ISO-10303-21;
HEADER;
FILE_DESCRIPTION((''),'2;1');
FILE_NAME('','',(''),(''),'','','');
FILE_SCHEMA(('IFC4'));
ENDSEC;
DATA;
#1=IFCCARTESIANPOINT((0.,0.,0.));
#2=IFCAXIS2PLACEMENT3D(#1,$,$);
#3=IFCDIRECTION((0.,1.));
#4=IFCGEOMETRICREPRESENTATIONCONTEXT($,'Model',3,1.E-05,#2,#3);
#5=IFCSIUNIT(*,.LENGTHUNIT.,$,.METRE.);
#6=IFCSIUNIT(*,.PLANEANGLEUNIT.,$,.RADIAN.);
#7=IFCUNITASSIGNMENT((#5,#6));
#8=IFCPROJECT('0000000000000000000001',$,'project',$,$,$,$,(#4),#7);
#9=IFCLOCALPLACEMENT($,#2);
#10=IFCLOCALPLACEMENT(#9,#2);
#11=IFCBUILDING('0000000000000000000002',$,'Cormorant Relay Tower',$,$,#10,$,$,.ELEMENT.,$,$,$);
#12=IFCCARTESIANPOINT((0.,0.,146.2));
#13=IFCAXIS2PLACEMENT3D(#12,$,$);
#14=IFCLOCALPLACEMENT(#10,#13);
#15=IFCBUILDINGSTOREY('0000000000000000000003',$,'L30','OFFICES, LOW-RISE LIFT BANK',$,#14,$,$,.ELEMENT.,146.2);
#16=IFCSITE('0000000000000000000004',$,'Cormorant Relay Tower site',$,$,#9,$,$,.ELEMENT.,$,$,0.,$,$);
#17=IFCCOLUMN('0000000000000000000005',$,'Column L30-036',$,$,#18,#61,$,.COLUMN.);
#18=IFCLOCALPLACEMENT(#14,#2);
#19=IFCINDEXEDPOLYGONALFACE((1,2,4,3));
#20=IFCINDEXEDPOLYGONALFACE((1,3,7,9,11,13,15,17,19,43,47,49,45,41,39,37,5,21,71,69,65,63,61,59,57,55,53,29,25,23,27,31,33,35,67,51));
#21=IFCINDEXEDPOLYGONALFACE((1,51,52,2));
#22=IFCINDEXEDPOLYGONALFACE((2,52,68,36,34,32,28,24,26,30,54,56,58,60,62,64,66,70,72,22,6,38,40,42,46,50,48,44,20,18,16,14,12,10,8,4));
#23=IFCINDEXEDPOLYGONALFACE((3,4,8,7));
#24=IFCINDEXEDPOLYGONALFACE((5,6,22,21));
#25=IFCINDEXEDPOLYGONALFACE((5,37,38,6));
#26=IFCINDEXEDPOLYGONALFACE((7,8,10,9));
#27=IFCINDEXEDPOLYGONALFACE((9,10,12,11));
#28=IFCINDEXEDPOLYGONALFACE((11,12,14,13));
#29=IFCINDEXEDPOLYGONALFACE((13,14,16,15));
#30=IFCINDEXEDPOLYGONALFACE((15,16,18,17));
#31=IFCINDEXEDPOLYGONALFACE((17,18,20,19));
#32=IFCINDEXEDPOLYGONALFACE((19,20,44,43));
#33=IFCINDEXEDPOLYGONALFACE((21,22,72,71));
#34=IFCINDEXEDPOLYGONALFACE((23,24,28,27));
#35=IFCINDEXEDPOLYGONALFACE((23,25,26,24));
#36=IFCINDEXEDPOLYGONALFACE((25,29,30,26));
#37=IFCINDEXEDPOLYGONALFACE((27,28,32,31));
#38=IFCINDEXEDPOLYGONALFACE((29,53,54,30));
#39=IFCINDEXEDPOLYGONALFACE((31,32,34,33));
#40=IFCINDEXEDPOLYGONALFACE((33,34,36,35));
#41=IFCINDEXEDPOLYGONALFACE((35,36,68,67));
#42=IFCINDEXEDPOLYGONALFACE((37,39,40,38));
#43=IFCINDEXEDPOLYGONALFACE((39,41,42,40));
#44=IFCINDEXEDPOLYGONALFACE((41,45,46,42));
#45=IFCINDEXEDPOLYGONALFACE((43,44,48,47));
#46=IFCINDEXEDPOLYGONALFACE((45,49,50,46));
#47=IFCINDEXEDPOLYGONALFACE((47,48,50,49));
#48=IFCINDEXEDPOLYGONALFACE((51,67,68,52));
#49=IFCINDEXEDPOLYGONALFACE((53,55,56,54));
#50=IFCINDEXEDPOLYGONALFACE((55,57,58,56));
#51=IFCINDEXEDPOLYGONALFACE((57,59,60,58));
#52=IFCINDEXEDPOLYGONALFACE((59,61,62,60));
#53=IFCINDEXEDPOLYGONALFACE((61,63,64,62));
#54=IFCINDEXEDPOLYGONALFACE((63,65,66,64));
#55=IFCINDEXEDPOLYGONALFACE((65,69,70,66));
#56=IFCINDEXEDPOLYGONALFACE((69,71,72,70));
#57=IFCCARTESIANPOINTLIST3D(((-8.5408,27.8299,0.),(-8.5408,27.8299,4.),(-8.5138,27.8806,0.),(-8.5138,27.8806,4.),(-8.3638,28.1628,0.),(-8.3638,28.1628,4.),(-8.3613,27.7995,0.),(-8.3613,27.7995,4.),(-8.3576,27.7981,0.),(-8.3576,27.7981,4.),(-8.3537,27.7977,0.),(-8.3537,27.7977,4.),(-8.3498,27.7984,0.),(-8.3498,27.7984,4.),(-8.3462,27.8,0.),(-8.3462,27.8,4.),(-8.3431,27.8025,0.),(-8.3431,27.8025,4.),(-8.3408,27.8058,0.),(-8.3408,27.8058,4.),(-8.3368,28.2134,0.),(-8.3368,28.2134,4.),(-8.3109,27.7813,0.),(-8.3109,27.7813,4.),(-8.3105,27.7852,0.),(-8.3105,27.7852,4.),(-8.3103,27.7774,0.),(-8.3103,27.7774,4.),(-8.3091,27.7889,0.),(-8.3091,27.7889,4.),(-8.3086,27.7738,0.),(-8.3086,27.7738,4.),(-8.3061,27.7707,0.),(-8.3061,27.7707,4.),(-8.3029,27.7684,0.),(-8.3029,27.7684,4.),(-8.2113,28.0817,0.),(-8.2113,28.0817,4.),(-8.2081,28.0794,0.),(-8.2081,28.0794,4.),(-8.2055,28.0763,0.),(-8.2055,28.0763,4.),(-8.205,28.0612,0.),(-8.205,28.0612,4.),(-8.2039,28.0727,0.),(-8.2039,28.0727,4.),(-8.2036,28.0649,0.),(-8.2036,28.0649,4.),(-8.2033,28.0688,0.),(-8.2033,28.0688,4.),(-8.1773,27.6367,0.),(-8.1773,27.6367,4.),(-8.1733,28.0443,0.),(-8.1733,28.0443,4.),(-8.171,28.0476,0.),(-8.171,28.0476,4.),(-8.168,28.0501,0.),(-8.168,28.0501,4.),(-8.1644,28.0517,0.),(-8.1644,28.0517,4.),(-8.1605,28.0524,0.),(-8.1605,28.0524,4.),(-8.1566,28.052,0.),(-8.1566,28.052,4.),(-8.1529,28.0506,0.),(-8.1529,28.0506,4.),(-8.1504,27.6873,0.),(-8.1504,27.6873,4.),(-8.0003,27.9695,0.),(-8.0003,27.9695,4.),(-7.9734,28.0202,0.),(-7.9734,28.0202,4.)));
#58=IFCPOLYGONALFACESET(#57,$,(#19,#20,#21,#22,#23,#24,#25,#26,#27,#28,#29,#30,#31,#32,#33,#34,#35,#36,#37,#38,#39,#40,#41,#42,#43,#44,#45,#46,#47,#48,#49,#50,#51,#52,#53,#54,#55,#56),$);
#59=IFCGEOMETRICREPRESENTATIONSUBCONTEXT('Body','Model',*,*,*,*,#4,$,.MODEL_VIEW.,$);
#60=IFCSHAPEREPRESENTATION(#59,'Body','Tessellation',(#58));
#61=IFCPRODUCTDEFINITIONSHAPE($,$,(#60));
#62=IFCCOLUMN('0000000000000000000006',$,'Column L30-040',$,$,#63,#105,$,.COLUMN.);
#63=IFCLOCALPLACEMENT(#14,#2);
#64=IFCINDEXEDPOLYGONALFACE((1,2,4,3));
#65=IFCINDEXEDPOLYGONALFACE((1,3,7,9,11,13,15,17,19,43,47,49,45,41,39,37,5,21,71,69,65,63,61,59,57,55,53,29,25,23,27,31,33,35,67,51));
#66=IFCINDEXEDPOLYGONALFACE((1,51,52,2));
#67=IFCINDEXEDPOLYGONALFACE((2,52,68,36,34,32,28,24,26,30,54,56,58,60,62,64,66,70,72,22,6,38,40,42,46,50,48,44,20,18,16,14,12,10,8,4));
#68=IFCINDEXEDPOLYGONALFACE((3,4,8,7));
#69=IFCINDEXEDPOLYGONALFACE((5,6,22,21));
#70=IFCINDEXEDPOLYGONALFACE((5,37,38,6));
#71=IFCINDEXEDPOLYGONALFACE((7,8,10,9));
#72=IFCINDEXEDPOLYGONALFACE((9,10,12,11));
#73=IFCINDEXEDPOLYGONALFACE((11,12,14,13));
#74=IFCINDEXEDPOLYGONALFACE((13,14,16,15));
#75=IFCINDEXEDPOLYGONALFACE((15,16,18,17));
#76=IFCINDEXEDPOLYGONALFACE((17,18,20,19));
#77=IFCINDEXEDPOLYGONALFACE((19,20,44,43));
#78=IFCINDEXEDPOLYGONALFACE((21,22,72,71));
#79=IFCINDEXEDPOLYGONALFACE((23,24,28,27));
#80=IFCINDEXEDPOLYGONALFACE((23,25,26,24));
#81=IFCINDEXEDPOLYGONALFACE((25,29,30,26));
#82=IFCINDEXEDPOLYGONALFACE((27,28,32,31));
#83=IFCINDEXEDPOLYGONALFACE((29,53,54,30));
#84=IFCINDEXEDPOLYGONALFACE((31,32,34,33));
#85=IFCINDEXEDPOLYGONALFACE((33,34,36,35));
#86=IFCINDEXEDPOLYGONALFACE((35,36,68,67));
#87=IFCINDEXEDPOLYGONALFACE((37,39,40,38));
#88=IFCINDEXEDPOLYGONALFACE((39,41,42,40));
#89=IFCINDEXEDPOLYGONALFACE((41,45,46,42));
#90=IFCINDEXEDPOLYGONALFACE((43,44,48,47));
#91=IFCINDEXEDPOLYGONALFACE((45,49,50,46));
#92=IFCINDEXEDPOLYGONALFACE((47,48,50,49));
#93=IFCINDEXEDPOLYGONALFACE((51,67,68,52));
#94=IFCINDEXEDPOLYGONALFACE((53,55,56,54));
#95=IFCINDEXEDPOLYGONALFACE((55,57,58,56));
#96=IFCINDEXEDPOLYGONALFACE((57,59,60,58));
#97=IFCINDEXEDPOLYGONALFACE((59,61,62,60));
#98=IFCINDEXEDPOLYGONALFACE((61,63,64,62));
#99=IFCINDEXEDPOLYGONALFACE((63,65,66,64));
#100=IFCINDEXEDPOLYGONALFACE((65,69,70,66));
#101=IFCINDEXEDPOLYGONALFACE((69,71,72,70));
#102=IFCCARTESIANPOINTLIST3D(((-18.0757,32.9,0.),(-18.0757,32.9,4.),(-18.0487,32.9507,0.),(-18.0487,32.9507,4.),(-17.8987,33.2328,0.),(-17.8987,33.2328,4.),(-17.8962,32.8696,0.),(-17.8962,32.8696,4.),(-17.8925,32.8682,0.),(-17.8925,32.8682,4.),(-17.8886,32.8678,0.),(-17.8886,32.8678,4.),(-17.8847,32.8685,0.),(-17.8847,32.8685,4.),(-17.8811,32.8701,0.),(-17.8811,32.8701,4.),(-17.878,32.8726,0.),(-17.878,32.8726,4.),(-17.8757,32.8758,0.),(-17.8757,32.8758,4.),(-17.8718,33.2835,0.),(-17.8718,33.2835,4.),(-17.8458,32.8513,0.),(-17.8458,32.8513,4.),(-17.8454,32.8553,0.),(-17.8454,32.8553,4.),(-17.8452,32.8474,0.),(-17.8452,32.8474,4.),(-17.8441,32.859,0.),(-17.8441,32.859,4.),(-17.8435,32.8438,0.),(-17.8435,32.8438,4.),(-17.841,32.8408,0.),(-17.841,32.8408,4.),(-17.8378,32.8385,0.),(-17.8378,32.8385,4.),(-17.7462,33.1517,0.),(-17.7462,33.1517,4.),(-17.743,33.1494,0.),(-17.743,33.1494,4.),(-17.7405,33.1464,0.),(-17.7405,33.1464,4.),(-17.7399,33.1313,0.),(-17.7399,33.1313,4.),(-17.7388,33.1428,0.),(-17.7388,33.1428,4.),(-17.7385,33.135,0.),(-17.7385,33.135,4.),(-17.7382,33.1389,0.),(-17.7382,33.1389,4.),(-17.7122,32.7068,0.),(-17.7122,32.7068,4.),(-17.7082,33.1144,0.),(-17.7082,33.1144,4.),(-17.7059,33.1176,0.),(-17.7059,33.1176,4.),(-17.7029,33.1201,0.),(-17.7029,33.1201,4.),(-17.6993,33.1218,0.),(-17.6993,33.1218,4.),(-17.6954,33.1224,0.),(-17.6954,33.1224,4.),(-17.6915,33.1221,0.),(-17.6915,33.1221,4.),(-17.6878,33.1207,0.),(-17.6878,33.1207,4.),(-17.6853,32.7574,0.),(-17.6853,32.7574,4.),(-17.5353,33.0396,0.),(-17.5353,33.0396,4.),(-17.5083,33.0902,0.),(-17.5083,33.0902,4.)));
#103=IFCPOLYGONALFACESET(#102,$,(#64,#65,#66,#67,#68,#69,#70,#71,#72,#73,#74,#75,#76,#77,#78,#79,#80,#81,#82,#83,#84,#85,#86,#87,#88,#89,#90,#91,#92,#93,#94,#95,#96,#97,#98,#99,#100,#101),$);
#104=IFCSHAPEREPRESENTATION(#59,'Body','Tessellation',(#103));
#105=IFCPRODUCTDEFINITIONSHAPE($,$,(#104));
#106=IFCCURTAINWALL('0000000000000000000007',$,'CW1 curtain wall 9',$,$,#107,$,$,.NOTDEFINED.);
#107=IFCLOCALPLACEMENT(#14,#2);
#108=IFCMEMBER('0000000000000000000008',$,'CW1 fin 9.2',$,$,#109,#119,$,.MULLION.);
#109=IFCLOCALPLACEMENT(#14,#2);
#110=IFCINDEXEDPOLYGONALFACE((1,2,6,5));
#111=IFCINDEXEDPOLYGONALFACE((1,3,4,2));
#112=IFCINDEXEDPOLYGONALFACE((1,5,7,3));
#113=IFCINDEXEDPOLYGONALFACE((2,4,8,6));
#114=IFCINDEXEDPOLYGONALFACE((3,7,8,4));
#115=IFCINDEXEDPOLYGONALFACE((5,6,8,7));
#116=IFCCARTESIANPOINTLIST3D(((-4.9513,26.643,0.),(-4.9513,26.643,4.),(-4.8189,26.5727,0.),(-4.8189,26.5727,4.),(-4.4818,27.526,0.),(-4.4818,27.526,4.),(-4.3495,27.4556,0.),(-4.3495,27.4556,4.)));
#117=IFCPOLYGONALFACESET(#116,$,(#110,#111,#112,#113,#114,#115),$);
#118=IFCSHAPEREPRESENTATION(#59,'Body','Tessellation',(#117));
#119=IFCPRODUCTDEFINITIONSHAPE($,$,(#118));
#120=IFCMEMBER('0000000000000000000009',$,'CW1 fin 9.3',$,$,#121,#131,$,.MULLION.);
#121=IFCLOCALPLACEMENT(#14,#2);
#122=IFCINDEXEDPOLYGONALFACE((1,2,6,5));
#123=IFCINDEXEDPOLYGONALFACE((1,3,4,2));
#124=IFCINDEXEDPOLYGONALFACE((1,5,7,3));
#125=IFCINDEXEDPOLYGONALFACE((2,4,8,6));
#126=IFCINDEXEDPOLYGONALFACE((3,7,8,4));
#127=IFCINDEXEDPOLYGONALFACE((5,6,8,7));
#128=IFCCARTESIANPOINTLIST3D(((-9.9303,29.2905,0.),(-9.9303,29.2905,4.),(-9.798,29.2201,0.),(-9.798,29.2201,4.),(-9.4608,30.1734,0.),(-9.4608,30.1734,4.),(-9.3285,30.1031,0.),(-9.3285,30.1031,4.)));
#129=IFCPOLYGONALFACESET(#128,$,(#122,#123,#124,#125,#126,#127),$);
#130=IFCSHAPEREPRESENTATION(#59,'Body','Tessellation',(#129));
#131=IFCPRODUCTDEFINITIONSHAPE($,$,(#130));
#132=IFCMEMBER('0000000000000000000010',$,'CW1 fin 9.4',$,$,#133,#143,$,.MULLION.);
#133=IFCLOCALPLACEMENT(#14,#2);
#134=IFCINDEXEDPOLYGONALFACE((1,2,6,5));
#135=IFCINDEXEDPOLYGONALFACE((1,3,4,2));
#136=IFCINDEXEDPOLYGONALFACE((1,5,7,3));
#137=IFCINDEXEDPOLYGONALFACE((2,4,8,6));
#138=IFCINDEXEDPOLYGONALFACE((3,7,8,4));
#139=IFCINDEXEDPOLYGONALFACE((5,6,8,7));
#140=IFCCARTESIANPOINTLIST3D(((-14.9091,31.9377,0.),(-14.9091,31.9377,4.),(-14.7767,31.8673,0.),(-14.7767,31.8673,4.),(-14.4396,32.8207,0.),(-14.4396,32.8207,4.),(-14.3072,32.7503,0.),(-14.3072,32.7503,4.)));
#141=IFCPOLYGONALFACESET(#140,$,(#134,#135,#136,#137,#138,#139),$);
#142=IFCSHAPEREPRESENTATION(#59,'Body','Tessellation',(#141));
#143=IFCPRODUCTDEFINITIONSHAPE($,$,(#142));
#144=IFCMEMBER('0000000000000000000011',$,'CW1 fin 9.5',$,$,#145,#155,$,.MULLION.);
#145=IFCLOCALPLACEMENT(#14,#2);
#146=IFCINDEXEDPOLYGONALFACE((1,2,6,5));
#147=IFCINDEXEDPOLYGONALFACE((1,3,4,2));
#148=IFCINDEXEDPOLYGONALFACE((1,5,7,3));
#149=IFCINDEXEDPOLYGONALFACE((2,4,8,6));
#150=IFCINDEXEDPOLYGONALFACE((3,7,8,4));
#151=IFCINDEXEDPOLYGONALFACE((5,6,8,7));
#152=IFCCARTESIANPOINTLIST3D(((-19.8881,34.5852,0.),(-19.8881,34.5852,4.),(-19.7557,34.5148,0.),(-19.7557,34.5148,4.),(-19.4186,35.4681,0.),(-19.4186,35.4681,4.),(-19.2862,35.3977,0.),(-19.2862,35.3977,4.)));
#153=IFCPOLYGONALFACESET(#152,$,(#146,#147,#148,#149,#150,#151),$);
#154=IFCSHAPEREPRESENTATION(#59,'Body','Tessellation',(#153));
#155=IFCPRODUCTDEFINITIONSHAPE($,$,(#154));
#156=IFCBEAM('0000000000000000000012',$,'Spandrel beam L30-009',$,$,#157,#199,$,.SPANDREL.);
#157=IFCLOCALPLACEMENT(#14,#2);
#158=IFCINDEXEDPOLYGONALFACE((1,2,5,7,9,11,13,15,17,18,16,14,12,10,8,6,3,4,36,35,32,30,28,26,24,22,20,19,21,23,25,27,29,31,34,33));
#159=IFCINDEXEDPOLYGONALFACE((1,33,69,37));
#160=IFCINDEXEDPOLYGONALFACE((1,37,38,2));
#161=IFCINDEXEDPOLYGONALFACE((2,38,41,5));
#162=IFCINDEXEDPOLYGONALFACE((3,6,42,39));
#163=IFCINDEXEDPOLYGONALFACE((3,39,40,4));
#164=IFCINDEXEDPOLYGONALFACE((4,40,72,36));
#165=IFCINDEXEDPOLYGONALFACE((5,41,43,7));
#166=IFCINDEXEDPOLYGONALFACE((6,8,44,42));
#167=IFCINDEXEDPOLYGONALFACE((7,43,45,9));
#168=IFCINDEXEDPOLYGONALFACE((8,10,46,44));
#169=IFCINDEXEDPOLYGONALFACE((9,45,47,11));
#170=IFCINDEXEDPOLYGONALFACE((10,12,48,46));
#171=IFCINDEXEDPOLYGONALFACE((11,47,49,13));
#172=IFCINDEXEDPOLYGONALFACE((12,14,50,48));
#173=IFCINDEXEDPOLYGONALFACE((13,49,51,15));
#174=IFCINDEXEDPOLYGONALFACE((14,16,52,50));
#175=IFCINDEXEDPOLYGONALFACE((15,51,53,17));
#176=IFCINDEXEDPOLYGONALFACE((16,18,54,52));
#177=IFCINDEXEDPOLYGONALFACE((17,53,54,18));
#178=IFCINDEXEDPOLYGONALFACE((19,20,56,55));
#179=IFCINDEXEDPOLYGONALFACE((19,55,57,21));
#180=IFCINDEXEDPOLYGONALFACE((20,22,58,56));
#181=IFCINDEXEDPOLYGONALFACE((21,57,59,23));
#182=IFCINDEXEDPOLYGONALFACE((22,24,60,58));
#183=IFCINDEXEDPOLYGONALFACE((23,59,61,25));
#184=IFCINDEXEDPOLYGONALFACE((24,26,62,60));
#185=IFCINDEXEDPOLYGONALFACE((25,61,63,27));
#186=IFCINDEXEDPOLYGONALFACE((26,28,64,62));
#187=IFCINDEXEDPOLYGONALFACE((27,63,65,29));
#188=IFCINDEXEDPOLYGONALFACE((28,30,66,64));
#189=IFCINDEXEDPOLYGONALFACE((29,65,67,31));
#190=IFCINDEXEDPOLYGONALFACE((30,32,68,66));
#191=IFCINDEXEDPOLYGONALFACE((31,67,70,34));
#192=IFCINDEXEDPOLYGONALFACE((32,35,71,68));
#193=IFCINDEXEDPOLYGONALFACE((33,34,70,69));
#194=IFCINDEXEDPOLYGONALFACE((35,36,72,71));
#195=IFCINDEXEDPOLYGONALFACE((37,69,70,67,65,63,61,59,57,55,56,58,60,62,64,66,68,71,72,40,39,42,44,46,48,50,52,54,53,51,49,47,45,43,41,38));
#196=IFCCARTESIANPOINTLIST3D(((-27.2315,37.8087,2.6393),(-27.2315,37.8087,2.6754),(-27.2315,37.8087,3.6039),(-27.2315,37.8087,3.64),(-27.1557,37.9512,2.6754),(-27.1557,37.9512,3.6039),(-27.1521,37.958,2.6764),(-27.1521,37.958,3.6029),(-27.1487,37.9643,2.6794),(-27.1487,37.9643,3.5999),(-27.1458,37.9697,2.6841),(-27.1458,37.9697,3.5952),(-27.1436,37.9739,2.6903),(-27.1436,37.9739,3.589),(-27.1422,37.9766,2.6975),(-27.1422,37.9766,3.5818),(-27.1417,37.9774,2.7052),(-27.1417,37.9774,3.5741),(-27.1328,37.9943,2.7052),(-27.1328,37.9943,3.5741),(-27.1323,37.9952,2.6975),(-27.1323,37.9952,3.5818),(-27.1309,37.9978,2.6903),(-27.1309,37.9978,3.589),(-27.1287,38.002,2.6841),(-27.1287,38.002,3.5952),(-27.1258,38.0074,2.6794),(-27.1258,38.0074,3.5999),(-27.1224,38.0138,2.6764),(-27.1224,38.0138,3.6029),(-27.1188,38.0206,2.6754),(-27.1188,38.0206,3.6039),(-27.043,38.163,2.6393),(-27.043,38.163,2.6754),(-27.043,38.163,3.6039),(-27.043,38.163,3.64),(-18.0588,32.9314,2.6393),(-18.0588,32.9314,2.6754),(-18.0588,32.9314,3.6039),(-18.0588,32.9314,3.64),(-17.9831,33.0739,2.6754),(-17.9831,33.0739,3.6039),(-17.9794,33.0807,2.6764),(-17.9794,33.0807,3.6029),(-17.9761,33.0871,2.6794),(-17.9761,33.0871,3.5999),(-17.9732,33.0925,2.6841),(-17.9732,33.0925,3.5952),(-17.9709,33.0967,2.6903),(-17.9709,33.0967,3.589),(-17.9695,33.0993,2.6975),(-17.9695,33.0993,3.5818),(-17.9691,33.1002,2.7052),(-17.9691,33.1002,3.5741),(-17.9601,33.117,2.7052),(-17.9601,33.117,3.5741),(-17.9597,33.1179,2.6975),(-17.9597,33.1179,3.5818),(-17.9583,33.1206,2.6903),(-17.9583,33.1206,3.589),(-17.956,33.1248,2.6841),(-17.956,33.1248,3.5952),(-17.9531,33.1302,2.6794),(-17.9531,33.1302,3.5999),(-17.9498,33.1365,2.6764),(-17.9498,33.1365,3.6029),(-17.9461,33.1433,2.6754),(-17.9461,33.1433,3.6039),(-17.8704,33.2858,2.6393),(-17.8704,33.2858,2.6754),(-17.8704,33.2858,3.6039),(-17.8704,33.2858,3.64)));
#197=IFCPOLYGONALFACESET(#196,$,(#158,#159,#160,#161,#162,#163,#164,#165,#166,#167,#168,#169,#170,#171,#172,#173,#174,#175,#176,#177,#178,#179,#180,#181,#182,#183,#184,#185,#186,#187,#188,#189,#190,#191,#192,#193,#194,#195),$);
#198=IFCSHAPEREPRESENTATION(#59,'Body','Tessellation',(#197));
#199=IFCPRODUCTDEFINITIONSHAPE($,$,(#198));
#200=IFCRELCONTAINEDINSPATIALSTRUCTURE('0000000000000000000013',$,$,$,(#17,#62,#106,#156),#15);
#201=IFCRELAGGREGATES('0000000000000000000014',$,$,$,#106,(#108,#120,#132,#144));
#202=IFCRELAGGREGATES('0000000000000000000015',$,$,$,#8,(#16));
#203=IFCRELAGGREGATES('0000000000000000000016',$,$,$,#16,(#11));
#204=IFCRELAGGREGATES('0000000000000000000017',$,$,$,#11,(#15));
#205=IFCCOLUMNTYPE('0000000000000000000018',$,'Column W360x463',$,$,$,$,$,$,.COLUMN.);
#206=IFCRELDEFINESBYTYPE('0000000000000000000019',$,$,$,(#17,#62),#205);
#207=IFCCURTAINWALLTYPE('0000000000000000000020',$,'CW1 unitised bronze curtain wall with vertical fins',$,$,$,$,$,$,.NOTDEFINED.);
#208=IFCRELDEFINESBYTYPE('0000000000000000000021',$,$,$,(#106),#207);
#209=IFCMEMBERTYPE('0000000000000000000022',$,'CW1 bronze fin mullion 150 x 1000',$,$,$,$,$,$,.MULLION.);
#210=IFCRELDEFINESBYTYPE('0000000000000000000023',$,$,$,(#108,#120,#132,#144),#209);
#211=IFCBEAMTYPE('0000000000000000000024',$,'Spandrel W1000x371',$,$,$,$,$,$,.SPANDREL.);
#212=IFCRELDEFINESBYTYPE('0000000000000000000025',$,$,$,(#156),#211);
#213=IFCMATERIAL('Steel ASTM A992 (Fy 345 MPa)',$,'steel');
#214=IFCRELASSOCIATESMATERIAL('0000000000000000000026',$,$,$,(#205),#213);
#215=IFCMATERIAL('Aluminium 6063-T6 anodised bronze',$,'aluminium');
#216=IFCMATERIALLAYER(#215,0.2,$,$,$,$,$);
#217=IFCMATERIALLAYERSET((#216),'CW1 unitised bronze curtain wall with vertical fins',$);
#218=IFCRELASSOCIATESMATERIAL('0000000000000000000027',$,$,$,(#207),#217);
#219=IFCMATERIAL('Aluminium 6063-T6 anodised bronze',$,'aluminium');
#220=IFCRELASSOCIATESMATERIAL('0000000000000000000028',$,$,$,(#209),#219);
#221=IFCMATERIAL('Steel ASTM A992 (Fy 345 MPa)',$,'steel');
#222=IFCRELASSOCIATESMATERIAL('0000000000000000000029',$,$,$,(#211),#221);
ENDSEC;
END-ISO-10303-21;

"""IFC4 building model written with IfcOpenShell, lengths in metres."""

from ifc_helpers import new_model, si_unit, direction, frame, origin, origin_2d, place, context, subcontext, project, spatial, rectangle, i_section, extrude, material, layer, layer_set, material_profile, profile_set, type_object, element, aggregate, save


model = new_model("IFC4")

# Units and contexts
model_context = context("Model", 3, precision=1e-05, world=origin(), true_north=direction((0.0, 1.0)))
body_context = subcontext(model_context, "Body", "Model", "MODEL_VIEW")
ifc_project = project(units=[si_unit("LENGTHUNIT", "METRE"), si_unit("PLANEANGLEUNIT", "RADIAN")], contexts=[model_context])

# Site, building, storey
site_placement = place(None, origin())
site = spatial("IfcSite", under=ifc_project, at=site_placement, Name="Cormorant Relay Tower site", CompositionType="ELEMENT", RefElevation=0.0)
building_placement = place(site_placement, origin())
building = spatial("IfcBuilding", under=site, at=building_placement, Name="Cormorant Relay Tower", CompositionType="ELEMENT")
storey_placement = place(building_placement, frame((0.0, 0.0, 146.2)))
storey = spatial("IfcBuildingStorey", under=building, at=storey_placement, Name="L30", Description="OFFICES, LOW-RISE LIFT BANK", CompositionType="ELEMENT", Elevation=146.2)

# Columns
ifc_material_1 = material(Name="Steel ASTM A992 (Fy 345 MPa)", Category="steel")
ifc_material_profile_1 = material_profile(ifc_material_1, i_section(OverallWidth=0.4116, OverallDepth=0.4343, WebThickness=0.0359, FlangeThickness=0.0574, FilletRadius=0.0151, at=origin_2d()), Name="W360x463")
ifc_profile_set_1 = profile_set([ifc_material_profile_1], Name="Steel ASTM A992 (Fy 345 MPa)")
column_type = type_object("IfcColumnType", Name="Column W360x463", PredefinedType="COLUMN", material=ifc_profile_set_1)
for number, where, z_axis, x_axis, name in (
    (1, (-8.2571, 27.925, 0.0), (0.0, 0.0, 1.0), (-0.882948, 0.469472, 0.0), "Column L30-036"),
    (2, (-17.792, 32.9951, 0.0), (0.0, 0.0, 1.0), (-0.882948, 0.469472, 0.0), "Column L30-040"),
):
    element("IfcColumn", number, at=place(storey_placement, frame(where, z_axis=z_axis, x_axis=x_axis)), inside=storey, type_object=column_type, Name=name, PredefinedType="COLUMN", context=body_context, shape_type="SweptSolid", body=[
        extrude(i_section(OverallWidth=0.4116, OverallDepth=0.4343, WebThickness=0.0359, FlangeThickness=0.0574, FilletRadius=0.0151, at=origin_2d()), origin(), (0.0, 0.0, 1.0), 4.0),
    ])

# Curtain wall, members
ifc_material_2 = material(Name="Aluminium 6063-T6 anodised bronze", Category="aluminium")
ifc_layer_1 = layer(ifc_material_2, 0.2)
ifc_layer_set_1 = layer_set([ifc_layer_1], Name="CW1 unitised bronze curtain wall with vertical fins")
curtain_wall_type = type_object("IfcCurtainWallType", Name="CW1 unitised bronze curtain wall with vertical fins", PredefinedType="NOTDEFINED", material=ifc_layer_set_1)
curtain_wall_placement = place(storey_placement, origin())
curtain_wall = element("IfcCurtainWall", 3, at=curtain_wall_placement, inside=storey, type_object=curtain_wall_type, Name="CW1 curtain wall 9", PredefinedType="NOTDEFINED")
ifc_material_3 = material(Name="Aluminium 6063-T6 anodised bronze", Category="aluminium")
ifc_material_profile_2 = material_profile(ifc_material_3, rectangle(XDim=0.1499, YDim=1.0, at=origin_2d()), Name="AL 150x1000")
ifc_profile_set_2 = profile_set([ifc_material_profile_2], Name="Aluminium 6063-T6 anodised bronze")
member_type = type_object("IfcMemberType", Name="CW1 bronze fin mullion 150 x 1000", PredefinedType="MULLION", material=ifc_profile_set_2)
member_1_placement = place(storey_placement, frame((-4.6504, 27.0493, 0.0), z_axis=(0.0, 0.0, 1.0), x_axis=(-0.882948, 0.469472, 0.0)))
member_1 = element("IfcMember", 4, at=member_1_placement, type_object=member_type, Name="CW1 fin 9.2", PredefinedType="MULLION", context=body_context, shape_type="SweptSolid", body=[
    extrude(rectangle(XDim=0.1499, YDim=1.0, at=origin_2d()), origin(), (0.0, 0.0, 1.0), 4.0),
])
member_2_placement = place(storey_placement, frame((-9.6294, 29.6968, 0.0), z_axis=(0.0, 0.0, 1.0), x_axis=(-0.882948, 0.469472, 0.0)))
member_2 = element("IfcMember", 5, at=member_2_placement, type_object=member_type, Name="CW1 fin 9.3", PredefinedType="MULLION", context=body_context, shape_type="SweptSolid", body=[
    extrude(rectangle(XDim=0.1499, YDim=1.0, at=origin_2d()), origin(), (0.0, 0.0, 1.0), 4.0),
])
member_3_placement = place(storey_placement, frame((-14.6082, 32.344, 0.0), z_axis=(0.0, 0.0, 1.0), x_axis=(-0.882948, 0.469472, 0.0)))
member_3 = element("IfcMember", 6, at=member_3_placement, type_object=member_type, Name="CW1 fin 9.4", PredefinedType="MULLION", context=body_context, shape_type="SweptSolid", body=[
    extrude(rectangle(XDim=0.1499, YDim=1.0, at=origin_2d()), origin(), (0.0, 0.0, 1.0), 4.0),
])
member_4_placement = place(storey_placement, frame((-19.5872, 34.9915, 0.0), z_axis=(0.0, 0.0, 1.0), x_axis=(-0.882948, 0.469472, 0.0)))
member_4 = element("IfcMember", 7, at=member_4_placement, type_object=member_type, Name="CW1 fin 9.5", PredefinedType="MULLION", context=body_context, shape_type="SweptSolid", body=[
    extrude(rectangle(XDim=0.1499, YDim=1.0, at=origin_2d()), origin(), (0.0, 0.0, 1.0), 4.0),
])

# Beam
ifc_material_4 = material(Name="Steel ASTM A992 (Fy 345 MPa)", Category="steel")
ifc_material_profile_3 = material_profile(ifc_material_4, i_section(OverallWidth=0.4014, OverallDepth=1.0007, WebThickness=0.019, FlangeThickness=0.0361, FilletRadius=0.0298, at=origin_2d()), Name="W1000x371")
ifc_profile_set_3 = profile_set([ifc_material_profile_3], Name="Steel ASTM A992 (Fy 345 MPa)")
beam_type_1 = type_object("IfcBeamType", Name="Spandrel W1000x371", PredefinedType="SPANDREL", material=ifc_profile_set_3)
beam_1_placement = place(storey_placement, frame((-17.9646, 33.1086, 3.1396), z_axis=(-0.882946, 0.469474, 0.0), x_axis=(-0.469474, -0.882946, 0.0)))
element("IfcBeam", 8, at=beam_1_placement, inside=storey, type_object=beam_type_1, Name="Spandrel beam L30-009", PredefinedType="SPANDREL", context=body_context, shape_type="SweptSolid", body=[
    extrude(i_section(OverallWidth=0.4014, OverallDepth=1.0007, WebThickness=0.019, FlangeThickness=0.0361, FilletRadius=0.0298, at=origin_2d()), origin(), (0.0, 0.0, 1.0), 10.3887),
])

aggregate(curtain_wall, [member_1, member_2, member_3, member_4])

save(model, "model.ifc")
